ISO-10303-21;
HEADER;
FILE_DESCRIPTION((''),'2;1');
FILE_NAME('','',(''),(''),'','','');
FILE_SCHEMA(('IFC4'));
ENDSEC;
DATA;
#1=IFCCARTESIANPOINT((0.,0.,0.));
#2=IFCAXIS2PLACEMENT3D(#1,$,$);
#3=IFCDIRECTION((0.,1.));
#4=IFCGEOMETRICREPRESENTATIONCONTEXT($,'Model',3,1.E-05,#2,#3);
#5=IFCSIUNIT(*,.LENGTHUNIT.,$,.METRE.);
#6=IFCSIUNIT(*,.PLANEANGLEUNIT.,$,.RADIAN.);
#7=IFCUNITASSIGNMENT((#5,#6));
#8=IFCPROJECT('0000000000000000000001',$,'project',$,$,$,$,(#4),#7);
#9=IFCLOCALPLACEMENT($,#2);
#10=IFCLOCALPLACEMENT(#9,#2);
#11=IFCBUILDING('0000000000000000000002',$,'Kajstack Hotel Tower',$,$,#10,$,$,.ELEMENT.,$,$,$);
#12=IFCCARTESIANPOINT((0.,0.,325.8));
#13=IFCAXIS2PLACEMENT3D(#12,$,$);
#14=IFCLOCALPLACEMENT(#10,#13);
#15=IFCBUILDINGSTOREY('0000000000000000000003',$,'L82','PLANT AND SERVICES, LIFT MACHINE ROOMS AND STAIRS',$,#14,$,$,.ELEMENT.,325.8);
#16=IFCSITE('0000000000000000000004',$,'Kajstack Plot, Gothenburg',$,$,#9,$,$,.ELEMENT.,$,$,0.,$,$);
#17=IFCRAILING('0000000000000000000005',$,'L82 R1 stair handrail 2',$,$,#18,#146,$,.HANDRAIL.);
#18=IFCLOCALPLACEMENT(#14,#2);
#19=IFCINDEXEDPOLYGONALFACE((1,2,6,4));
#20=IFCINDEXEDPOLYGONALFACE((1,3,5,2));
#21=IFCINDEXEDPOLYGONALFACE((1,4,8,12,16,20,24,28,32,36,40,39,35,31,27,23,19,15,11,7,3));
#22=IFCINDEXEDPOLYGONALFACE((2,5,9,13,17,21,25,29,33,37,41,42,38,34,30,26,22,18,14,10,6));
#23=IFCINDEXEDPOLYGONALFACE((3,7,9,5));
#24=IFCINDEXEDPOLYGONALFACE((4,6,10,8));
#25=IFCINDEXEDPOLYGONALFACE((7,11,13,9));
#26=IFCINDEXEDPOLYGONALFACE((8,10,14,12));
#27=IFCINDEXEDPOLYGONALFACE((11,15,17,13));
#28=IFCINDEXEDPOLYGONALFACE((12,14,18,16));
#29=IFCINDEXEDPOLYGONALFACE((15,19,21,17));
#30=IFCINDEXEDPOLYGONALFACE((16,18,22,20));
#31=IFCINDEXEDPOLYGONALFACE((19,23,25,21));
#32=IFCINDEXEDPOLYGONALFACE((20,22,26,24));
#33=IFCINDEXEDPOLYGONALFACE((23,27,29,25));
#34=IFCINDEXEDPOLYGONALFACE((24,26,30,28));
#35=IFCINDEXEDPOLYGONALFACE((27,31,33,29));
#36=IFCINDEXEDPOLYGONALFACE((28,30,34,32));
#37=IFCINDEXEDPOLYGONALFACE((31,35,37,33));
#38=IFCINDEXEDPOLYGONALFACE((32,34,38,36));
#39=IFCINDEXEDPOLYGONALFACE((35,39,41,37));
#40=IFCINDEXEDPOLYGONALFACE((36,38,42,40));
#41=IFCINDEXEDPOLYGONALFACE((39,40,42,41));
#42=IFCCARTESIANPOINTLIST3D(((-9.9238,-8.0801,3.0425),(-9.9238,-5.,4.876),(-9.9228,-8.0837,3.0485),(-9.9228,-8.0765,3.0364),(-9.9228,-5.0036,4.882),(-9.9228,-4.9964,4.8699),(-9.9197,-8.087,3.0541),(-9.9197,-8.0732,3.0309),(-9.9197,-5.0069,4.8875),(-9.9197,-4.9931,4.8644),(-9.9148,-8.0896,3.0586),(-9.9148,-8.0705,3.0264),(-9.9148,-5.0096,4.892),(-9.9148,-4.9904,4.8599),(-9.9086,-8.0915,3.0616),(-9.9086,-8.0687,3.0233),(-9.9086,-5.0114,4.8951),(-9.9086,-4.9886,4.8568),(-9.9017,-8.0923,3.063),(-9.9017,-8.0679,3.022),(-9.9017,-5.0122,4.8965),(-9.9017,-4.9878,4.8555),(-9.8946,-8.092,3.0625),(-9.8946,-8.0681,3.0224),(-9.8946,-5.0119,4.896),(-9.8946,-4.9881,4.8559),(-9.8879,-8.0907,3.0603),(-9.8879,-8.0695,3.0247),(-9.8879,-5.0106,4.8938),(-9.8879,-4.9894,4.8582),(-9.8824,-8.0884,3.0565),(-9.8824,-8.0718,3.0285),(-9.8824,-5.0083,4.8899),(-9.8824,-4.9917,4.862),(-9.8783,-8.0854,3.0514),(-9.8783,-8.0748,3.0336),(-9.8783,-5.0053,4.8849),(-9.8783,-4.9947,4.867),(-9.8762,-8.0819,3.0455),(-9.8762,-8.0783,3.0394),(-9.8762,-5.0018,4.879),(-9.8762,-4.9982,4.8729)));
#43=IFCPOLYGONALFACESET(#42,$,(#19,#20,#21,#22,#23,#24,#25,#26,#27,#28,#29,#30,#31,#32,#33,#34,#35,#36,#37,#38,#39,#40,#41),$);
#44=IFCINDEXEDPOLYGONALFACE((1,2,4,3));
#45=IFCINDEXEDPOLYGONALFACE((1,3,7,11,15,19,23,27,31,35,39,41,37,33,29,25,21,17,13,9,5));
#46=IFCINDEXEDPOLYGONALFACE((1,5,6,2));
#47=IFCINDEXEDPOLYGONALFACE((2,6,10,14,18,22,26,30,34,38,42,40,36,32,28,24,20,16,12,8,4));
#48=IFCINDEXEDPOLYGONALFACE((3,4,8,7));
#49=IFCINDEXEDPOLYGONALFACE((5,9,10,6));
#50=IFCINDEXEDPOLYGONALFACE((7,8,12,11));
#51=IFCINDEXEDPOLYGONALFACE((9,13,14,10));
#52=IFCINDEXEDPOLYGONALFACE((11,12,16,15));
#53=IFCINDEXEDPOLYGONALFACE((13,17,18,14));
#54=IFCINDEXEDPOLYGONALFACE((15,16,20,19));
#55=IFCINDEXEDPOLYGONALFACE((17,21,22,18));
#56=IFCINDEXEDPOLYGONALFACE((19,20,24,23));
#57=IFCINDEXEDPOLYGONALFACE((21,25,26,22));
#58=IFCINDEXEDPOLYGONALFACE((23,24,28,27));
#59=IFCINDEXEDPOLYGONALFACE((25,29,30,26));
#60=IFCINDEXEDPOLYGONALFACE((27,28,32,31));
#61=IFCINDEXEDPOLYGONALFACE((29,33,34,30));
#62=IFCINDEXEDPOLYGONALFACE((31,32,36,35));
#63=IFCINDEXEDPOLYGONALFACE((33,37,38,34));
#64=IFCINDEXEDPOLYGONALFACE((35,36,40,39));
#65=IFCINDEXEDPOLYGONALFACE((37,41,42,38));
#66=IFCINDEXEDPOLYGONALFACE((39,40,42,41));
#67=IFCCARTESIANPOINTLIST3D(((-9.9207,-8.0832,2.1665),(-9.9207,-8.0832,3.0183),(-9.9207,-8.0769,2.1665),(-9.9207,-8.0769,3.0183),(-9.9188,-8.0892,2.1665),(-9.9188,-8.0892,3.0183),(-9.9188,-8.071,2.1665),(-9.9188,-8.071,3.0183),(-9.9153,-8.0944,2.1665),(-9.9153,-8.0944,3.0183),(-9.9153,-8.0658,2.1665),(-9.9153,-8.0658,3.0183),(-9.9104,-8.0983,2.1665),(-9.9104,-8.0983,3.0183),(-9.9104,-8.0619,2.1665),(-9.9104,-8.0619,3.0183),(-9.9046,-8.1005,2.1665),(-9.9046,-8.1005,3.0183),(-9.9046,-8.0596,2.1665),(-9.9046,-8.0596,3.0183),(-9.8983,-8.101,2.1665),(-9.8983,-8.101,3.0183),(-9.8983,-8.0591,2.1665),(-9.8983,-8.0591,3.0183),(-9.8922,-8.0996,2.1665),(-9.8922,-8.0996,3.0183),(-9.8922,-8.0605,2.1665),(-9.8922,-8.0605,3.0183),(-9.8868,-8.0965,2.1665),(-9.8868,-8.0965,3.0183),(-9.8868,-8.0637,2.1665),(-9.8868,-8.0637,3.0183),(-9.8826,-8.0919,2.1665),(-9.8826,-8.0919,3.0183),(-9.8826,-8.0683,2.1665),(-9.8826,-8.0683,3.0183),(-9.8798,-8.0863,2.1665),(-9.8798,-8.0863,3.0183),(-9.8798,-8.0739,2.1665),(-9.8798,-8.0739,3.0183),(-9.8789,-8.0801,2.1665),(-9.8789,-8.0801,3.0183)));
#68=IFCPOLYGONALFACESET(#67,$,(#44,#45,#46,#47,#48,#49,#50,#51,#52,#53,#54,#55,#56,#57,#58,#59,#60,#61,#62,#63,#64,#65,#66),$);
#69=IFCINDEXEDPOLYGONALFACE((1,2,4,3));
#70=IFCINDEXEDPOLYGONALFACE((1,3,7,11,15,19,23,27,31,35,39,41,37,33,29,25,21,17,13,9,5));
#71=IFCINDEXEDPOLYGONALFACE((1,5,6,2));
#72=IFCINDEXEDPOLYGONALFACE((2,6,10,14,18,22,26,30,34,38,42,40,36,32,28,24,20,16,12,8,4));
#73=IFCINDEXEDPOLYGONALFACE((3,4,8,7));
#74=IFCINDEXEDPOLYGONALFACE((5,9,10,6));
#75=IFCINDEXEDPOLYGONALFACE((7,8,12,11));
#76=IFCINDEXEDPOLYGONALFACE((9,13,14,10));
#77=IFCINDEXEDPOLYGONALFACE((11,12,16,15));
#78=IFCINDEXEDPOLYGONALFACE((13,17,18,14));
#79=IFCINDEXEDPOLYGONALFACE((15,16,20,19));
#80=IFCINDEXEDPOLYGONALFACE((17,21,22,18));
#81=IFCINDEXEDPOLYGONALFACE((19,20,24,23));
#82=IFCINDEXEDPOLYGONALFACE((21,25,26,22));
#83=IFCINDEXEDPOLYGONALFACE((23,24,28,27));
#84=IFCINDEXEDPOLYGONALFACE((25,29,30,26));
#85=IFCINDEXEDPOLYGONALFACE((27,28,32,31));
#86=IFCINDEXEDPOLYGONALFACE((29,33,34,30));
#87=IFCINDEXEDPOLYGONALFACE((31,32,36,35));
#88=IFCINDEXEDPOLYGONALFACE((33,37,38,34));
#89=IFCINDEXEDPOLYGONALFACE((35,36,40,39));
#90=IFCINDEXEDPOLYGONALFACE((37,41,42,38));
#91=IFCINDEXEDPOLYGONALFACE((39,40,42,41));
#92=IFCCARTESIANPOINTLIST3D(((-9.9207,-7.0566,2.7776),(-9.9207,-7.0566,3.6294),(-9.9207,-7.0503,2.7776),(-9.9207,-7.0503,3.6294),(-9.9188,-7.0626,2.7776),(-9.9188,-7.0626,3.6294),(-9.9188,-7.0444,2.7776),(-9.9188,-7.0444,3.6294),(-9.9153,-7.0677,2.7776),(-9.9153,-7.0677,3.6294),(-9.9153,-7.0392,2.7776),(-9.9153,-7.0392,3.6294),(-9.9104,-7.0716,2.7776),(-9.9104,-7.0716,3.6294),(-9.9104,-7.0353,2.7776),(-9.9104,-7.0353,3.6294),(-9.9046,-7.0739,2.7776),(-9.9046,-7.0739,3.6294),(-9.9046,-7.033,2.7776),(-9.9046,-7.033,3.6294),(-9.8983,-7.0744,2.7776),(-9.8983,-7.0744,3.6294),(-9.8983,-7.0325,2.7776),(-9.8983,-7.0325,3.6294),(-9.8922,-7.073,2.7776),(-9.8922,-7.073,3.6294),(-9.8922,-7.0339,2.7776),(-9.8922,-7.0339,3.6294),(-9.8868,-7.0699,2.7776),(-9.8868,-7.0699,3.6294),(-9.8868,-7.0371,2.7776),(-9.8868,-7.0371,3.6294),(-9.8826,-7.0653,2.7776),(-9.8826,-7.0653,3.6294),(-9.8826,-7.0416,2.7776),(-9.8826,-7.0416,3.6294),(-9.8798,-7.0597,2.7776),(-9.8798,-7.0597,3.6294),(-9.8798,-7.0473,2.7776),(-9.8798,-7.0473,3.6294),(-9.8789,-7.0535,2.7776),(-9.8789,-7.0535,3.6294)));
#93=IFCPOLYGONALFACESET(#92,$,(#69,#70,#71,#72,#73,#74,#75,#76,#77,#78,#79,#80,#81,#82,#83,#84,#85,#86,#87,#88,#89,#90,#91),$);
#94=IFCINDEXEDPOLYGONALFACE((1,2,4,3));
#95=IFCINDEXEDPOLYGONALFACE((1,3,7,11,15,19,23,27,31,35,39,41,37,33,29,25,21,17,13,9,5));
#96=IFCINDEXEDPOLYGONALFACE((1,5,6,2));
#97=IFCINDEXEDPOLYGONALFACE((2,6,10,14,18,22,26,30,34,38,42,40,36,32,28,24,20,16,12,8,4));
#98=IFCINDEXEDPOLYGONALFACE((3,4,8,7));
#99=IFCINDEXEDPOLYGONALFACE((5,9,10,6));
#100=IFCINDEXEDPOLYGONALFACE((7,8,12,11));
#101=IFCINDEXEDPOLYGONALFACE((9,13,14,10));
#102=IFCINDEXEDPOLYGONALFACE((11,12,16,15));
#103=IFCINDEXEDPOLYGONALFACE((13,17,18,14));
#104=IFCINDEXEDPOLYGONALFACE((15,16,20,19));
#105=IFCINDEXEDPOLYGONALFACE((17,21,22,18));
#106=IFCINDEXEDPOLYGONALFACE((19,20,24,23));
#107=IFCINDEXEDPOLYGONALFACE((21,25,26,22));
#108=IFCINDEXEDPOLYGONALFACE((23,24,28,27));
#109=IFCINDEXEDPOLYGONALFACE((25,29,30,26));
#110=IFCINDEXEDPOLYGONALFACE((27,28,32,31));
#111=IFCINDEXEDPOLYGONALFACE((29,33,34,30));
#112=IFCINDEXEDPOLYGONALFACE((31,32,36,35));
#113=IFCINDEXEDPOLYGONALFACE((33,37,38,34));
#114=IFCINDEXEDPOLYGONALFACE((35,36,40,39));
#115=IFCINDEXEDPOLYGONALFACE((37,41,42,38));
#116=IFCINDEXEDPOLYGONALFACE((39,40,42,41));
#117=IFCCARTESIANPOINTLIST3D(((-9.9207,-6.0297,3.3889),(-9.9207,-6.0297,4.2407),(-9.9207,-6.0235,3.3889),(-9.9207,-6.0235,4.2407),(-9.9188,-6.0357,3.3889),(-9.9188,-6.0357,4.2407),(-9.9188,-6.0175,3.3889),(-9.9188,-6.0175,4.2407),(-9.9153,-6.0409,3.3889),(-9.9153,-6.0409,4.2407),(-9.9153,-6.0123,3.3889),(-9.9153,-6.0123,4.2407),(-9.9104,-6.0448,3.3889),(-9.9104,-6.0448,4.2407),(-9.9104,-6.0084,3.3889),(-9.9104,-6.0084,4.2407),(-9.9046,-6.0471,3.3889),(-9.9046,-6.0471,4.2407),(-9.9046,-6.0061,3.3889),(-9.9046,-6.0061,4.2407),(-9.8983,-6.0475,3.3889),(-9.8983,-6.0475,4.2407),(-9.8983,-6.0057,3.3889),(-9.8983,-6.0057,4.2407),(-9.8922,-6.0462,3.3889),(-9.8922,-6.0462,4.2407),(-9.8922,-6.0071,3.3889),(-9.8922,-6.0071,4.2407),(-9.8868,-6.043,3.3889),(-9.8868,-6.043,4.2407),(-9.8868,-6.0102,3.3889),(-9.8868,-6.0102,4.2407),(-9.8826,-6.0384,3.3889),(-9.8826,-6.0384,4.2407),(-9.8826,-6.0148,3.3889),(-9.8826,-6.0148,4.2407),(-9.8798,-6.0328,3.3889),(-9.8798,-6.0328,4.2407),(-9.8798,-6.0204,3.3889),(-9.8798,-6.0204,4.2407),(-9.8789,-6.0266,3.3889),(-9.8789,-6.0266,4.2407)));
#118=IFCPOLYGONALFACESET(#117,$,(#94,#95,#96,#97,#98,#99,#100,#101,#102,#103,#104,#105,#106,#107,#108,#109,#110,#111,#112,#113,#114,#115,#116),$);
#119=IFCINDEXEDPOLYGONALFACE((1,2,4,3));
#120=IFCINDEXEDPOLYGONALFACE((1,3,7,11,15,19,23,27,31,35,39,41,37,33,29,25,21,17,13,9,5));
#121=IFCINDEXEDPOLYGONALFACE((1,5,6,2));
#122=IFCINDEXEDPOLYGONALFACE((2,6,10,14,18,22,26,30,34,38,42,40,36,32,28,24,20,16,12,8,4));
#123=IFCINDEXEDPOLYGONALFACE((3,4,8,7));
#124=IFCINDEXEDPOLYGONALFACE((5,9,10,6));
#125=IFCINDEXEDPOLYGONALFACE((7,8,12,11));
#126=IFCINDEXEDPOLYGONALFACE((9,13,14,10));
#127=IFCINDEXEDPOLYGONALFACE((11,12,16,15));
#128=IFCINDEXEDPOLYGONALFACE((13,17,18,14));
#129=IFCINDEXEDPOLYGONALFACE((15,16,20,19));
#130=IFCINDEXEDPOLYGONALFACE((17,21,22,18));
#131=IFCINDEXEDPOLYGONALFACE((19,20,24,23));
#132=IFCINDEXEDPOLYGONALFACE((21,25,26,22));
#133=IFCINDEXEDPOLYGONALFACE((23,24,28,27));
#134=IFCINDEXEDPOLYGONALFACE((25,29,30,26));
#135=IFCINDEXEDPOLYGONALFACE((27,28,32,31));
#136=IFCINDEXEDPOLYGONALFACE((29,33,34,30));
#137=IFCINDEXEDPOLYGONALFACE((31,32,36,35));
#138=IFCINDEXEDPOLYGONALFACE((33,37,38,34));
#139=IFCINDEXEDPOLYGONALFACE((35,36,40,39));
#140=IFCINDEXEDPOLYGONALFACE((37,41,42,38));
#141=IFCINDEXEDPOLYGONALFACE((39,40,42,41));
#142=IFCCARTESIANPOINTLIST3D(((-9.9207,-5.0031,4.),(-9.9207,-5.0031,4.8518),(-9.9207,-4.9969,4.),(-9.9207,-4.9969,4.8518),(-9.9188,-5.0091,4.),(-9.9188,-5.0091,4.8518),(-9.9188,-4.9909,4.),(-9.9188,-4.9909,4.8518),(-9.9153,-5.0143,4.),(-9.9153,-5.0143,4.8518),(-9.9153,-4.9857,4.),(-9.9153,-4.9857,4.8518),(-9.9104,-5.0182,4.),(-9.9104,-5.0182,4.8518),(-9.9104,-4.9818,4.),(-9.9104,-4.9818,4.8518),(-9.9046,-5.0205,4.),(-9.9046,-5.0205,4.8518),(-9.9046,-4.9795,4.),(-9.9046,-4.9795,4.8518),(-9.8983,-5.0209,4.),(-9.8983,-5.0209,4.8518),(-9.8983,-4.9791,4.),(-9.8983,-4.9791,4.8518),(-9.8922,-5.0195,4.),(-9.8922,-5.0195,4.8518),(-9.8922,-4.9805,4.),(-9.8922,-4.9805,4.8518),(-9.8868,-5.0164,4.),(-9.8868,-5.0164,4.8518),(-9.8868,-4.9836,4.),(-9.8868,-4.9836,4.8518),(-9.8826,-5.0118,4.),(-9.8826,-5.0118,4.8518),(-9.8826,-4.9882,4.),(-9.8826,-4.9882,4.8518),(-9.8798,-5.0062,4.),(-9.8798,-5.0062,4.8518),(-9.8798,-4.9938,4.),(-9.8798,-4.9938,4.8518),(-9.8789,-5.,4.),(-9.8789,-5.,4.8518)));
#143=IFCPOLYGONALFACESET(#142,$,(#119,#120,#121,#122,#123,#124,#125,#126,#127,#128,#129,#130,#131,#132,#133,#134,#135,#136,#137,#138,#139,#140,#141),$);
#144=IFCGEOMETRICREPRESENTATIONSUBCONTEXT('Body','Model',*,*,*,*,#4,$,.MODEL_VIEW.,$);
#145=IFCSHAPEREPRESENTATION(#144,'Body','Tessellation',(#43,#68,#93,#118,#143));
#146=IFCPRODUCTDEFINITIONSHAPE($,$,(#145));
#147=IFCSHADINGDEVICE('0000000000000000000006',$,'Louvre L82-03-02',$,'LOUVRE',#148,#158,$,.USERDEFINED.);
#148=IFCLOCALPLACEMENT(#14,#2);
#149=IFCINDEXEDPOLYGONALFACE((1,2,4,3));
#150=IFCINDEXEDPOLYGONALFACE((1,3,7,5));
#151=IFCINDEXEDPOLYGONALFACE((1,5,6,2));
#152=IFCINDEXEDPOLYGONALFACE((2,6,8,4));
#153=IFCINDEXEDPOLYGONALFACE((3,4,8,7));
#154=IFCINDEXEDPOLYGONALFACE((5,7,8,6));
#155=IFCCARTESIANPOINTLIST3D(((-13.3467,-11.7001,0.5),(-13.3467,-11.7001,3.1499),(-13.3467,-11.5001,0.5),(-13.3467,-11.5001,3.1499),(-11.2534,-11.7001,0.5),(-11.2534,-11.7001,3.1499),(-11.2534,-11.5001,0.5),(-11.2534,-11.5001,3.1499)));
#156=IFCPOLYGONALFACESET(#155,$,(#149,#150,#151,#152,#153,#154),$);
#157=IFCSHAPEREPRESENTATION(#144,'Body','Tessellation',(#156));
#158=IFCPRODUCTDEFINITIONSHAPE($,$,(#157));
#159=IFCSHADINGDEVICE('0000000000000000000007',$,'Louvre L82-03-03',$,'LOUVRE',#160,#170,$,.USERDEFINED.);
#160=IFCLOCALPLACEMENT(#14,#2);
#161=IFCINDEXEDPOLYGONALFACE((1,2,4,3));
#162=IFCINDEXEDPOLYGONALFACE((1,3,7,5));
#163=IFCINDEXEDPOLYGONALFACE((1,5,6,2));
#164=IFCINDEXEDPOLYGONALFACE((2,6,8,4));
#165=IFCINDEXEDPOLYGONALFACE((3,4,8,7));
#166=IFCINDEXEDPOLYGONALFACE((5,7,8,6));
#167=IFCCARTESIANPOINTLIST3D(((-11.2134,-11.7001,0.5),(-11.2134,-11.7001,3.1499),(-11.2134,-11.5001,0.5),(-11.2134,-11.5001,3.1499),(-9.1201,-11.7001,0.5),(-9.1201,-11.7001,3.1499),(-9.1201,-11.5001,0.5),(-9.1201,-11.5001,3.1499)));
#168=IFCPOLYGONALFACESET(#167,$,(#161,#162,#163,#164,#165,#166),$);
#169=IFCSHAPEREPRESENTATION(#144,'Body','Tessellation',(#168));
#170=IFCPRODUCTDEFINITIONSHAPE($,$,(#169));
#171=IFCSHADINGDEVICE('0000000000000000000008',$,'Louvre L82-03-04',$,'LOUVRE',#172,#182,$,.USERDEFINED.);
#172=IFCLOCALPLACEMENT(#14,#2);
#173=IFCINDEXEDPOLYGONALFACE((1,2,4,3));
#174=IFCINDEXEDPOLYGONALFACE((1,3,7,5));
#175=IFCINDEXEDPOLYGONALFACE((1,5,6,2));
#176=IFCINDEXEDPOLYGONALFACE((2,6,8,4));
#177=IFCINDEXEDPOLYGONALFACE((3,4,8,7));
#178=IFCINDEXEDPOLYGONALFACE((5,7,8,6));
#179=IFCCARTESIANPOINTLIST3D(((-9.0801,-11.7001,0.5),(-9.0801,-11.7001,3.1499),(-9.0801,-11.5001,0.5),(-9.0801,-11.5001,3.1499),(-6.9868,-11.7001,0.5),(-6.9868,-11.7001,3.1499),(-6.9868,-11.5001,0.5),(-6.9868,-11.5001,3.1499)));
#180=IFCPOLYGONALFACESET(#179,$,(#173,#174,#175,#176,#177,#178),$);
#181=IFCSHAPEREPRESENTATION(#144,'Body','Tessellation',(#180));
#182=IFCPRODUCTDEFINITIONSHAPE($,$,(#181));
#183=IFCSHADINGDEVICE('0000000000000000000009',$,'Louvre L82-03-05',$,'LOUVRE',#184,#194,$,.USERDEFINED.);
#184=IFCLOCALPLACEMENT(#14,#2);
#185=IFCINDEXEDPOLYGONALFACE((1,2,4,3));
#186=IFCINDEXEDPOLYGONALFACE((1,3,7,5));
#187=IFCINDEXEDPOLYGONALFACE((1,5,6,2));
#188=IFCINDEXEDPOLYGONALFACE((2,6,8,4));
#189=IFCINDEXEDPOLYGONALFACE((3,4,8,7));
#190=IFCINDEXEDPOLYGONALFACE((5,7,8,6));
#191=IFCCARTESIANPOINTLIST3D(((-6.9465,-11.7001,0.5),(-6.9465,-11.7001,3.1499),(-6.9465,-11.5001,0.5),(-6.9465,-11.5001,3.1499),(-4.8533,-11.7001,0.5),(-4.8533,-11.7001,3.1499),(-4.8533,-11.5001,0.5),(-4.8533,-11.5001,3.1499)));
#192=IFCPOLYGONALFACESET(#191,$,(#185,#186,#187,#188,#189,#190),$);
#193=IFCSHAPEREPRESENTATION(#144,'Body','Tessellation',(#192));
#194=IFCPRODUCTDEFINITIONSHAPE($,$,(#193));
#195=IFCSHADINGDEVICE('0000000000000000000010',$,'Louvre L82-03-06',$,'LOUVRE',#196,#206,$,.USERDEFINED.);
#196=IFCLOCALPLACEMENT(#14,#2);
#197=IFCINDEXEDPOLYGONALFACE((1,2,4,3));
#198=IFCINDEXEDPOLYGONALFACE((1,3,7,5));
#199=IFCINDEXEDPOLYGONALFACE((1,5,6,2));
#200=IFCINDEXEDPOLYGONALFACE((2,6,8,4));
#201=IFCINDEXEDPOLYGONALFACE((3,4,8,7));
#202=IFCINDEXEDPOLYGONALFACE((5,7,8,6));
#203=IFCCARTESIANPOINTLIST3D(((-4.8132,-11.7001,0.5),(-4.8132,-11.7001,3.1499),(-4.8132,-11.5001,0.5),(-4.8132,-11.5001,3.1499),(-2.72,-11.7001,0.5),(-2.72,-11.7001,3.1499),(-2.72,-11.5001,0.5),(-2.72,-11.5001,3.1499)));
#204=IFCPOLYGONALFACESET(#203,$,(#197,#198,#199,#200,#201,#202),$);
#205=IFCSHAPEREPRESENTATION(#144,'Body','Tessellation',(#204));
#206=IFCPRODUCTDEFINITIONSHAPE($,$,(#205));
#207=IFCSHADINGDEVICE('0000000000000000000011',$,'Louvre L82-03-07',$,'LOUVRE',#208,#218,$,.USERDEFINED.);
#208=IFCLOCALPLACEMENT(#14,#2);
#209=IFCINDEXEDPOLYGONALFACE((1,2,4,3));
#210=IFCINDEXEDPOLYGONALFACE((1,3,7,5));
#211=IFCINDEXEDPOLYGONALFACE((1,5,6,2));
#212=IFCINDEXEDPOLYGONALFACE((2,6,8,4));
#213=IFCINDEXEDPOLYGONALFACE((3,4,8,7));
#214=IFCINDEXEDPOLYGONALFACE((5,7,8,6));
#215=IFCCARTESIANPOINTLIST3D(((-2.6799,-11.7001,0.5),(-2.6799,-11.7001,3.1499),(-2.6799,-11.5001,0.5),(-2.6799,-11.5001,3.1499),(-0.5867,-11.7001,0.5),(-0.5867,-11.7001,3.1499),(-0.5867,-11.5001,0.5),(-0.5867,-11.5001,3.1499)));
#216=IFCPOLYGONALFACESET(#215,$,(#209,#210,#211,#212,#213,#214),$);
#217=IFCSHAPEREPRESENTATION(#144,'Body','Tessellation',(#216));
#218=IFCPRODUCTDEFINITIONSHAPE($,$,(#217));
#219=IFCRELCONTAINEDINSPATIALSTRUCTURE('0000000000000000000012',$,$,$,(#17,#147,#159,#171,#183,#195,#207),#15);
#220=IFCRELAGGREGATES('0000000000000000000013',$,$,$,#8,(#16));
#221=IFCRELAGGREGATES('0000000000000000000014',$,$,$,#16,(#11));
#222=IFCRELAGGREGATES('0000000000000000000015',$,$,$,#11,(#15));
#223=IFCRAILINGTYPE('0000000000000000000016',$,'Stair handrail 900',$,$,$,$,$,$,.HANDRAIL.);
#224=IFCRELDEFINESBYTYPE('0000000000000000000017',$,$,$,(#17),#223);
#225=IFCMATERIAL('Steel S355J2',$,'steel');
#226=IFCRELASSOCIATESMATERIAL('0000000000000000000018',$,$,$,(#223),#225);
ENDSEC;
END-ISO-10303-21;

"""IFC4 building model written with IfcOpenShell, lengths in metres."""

from ifc_helpers import new_model, si_unit, direction, frame, origin, origin_2d, place, context, subcontext, project, spatial, rectangle, circle, extrude, material, type_object, element, save


model = new_model("IFC4")

# Units and contexts
model_context = context("Model", 3, precision=1e-05, world=origin(), true_north=direction((0.0, 1.0)))
body_context = subcontext(model_context, "Body", "Model", "MODEL_VIEW")
ifc_project = project(units=[si_unit("LENGTHUNIT", "METRE"), si_unit("PLANEANGLEUNIT", "RADIAN")], contexts=[model_context])

# Site, building, storey
site_placement = place(None, origin())
site = spatial("IfcSite", under=ifc_project, at=site_placement, Name="Kajstack Plot, Gothenburg", CompositionType="ELEMENT", RefElevation=0.0)
building_placement = place(site_placement, origin())
building = spatial("IfcBuilding", under=site, at=building_placement, Name="Kajstack Hotel Tower", CompositionType="ELEMENT")
storey_placement = place(building_placement, frame((0.0, 0.0, 325.8)))
storey = spatial("IfcBuildingStorey", under=building, at=storey_placement, Name="L82", Description="PLANT AND SERVICES, LIFT MACHINE ROOMS AND STAIRS", CompositionType="ELEMENT", Elevation=325.8)

# Shared definitions
ifc_material_1 = material(Name="Steel S355J2", Category="steel")

# Railing
railing_type_1 = type_object("IfcRailingType", Name="Stair handrail 900", PredefinedType="HANDRAIL", material=ifc_material_1)
railing_1_placement = place(storey_placement, frame((-9.8999, -8.0801, 2.1665)))
element("IfcRailing", 1, at=railing_1_placement, inside=storey, type_object=railing_type_1, Name="L82 R1 stair handrail 2", PredefinedType="HANDRAIL", context=body_context, shape_type="SweptSolid", body=[
    extrude(circle(Radius=0.0239, at=origin_2d()), frame((0.0, 0.0, 0.876), z_axis=(0.0, 0.859279, 0.511508), x_axis=(-1.0, 0.0, 0.0)), (0.0, 0.0, 1.0), 3.5845),
    extrude(circle(Radius=0.021, at=origin_2d()), origin(), (0.0, 0.0, 1.0), 0.8518),
    extrude(circle(Radius=0.021, at=origin_2d()), frame((0.0, 1.0266, 0.6111)), (0.0, 0.0, 1.0), 0.8518),
    extrude(circle(Radius=0.021, at=origin_2d()), frame((0.0, 2.0535, 1.2224)), (0.0, 0.0, 1.0), 0.8518),
    extrude(circle(Radius=0.021, at=origin_2d()), frame((0.0, 3.0801, 1.8335)), (0.0, 0.0, 1.0), 0.8518),
])

# Shading devices
for number, where, z_axis, x_axis, name in (
    (2, (-12.3, -11.6001, 0.5), (0.0, 0.0, 1.0), (1.0, 0.0, 0.0), "Louvre L82-03-02"),
    (3, (-10.1667, -11.6001, 0.5), (0.0, 0.0, 1.0), (1.0, 0.0, 0.0), "Louvre L82-03-03"),
    (4, (-8.0334, -11.6001, 0.5), (0.0, 0.0, 1.0), (1.0, 0.0, 0.0), "Louvre L82-03-04"),
    (5, (-5.8999, -11.6001, 0.5), (0.0, 0.0, 1.0), (1.0, 0.0, 0.0), "Louvre L82-03-05"),
    (6, (-3.7666, -11.6001, 0.5), (0.0, 0.0, 1.0), (1.0, 0.0, 0.0), "Louvre L82-03-06"),
    (7, (-1.6333, -11.6001, 0.5), (0.0, 0.0, 1.0), (1.0, 0.0, 0.0), "Louvre L82-03-07"),
):
    element("IfcShadingDevice", number, at=place(storey_placement, frame(where, z_axis=z_axis, x_axis=x_axis)), inside=storey, Name=name, ObjectType="LOUVRE", PredefinedType="USERDEFINED", context=body_context, shape_type="SweptSolid", body=[
        extrude(rectangle(XDim=2.0933, YDim=0.2, at=origin_2d()), origin(), (0.0, 0.0, 1.0), 2.6499),
    ])

save(model, "model.ifc")
